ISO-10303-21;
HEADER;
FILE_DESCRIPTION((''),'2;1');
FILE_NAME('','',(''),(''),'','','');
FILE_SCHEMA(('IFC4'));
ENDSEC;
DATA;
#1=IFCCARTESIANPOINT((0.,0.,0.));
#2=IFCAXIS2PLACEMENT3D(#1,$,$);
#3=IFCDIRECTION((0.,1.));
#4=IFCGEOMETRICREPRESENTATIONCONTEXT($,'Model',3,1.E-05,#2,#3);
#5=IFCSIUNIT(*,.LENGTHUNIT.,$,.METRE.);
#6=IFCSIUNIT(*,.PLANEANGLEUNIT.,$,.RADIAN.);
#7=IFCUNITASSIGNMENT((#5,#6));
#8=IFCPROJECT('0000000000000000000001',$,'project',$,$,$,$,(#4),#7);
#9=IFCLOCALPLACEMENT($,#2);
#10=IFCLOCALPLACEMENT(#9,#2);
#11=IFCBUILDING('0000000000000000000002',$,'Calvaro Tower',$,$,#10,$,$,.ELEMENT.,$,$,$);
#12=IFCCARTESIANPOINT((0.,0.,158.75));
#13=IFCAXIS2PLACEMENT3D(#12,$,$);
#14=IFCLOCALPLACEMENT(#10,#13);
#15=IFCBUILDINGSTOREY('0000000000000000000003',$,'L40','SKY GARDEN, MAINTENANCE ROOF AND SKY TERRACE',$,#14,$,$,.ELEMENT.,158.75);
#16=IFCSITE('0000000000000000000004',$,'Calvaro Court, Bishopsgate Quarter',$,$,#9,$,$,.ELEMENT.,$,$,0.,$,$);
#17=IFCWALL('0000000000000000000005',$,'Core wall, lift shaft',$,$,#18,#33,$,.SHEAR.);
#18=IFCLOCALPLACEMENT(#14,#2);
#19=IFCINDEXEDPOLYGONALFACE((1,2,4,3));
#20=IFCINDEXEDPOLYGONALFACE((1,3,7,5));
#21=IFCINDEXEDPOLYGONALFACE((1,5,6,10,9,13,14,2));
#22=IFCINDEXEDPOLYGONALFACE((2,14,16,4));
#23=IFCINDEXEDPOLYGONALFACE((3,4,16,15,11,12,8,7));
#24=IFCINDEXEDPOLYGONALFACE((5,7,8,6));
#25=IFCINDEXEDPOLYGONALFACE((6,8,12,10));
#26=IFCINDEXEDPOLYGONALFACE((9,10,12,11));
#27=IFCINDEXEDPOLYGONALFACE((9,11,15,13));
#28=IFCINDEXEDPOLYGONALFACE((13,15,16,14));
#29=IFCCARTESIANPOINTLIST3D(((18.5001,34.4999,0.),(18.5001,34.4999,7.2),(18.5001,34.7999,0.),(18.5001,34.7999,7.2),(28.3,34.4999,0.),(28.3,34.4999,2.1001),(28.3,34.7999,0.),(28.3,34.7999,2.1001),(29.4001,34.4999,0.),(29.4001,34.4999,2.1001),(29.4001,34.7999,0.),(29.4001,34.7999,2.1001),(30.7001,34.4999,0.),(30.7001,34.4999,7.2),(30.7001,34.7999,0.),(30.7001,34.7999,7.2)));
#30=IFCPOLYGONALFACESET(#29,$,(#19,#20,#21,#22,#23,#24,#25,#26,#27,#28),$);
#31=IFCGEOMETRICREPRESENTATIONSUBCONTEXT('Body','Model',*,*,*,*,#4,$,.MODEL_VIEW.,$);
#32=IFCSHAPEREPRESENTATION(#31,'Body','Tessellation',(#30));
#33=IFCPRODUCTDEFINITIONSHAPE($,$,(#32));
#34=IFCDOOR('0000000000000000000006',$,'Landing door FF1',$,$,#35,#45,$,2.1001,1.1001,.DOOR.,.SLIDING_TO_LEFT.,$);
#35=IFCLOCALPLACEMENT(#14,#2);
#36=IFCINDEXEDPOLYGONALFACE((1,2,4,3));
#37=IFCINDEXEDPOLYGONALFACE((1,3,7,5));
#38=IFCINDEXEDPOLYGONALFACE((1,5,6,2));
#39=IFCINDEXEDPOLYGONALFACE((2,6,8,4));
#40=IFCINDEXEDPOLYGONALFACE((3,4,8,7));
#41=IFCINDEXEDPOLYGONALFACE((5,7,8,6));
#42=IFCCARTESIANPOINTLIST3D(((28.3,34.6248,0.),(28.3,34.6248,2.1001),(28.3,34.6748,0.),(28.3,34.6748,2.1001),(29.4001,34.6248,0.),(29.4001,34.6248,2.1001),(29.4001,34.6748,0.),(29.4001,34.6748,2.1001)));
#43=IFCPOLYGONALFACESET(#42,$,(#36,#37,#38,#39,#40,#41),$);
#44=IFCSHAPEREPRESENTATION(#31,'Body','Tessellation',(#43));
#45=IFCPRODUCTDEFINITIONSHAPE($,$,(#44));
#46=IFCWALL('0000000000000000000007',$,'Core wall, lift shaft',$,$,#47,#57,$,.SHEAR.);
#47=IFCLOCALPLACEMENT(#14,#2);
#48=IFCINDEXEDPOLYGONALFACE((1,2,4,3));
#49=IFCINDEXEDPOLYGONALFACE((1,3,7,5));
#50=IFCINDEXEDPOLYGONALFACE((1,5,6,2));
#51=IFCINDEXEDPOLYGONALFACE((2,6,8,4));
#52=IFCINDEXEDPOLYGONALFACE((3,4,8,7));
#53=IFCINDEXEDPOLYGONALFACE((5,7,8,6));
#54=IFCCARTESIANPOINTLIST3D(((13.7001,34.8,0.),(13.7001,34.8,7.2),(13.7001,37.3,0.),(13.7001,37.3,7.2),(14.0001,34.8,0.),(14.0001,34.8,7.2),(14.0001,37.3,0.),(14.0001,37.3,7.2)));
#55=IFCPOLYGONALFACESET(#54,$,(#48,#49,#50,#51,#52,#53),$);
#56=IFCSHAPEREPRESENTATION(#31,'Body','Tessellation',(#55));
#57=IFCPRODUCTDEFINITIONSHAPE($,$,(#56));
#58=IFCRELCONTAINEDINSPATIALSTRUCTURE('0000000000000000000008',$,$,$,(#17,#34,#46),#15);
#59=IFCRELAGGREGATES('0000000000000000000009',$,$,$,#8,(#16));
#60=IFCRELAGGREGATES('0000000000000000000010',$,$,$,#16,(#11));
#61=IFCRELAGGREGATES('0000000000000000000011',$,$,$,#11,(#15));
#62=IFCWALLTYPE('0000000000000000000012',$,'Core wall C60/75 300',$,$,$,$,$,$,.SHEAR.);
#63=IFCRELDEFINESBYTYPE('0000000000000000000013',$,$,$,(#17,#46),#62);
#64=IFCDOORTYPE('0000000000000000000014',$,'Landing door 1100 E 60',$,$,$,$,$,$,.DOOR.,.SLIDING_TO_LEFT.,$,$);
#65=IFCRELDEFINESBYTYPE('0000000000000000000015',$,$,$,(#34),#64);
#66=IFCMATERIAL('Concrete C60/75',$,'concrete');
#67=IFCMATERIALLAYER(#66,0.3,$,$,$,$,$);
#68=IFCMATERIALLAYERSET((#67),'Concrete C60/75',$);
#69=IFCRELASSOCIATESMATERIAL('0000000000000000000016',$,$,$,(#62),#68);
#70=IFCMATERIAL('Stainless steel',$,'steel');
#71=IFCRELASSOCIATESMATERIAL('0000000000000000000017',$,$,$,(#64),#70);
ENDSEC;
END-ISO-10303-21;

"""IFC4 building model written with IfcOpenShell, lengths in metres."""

from ifc_helpers import new_model, si_unit, direction, frame, frame_2d, origin, place, context, subcontext, project, spatial, rectangle, extrude, material, layer, layer_set, type_object, element, fill, save


model = new_model("IFC4")

# Units and contexts
model_context = context("Model", 3, precision=1e-05, world=origin(), true_north=direction((0.0, 1.0)))
body_context = subcontext(model_context, "Body", "Model", "MODEL_VIEW")
ifc_project = project(units=[si_unit("LENGTHUNIT", "METRE"), si_unit("PLANEANGLEUNIT", "RADIAN")], contexts=[model_context])

# Site, building, storey
site_placement = place(None, origin())
site = spatial("IfcSite", under=ifc_project, at=site_placement, Name="Calvaro Court, Bishopsgate Quarter", CompositionType="ELEMENT", RefElevation=0.0)
building_placement = place(site_placement, origin())
building = spatial("IfcBuilding", under=site, at=building_placement, Name="Calvaro Tower", CompositionType="ELEMENT")
storey_placement = place(building_placement, frame((0.0, 0.0, 158.75)))
storey = spatial("IfcBuildingStorey", under=building, at=storey_placement, Name="L40", Description="SKY GARDEN, MAINTENANCE ROOF AND SKY TERRACE", CompositionType="ELEMENT", Elevation=158.75)

# Wall, opening, door
ifc_material_1 = material(Name="Concrete C60/75", Category="concrete")
ifc_layer = layer(ifc_material_1, 0.3)
ifc_layer_set = layer_set([ifc_layer], Name="Concrete C60/75")
wall_type = type_object("IfcWallType", Name="Core wall C60/75 300", PredefinedType="SHEAR", material=ifc_layer_set)
wall_1_placement = place(storey_placement, frame((18.5, 34.6499, 0.0), z_axis=(0.0, 0.0, 1.0), x_axis=(1.0, 0.0, 0.0)))
wall_1 = element("IfcWall", 1, at=wall_1_placement, inside=storey, type_object=wall_type, Name="Core wall, lift shaft", PredefinedType="SHEAR", context=body_context, shape_type="SweptSolid", body=[
    extrude(rectangle(XDim=12.2, YDim=0.3, at=frame_2d((6.1001, 0.0))), origin(), (0.0, 0.0, 1.0), 7.2),
])
opening_placement = place(wall_1_placement, frame((9.8, 0.0, 0.0)))
opening = element("IfcOpeningElement", 2, at=opening_placement, cuts=wall_1, PredefinedType="OPENING", context=body_context, shape_type="SweptSolid", body=[
    extrude(rectangle(XDim=1.1001, YDim=2.1001, at=frame_2d((0.55, 1.05))), frame((0.0, 0.1599, 0.0), z_axis=(0.0, -1.0, 0.0), x_axis=(1.0, 0.0, 0.0)), (0.0, 0.0, 1.0), 0.3201),
])
ifc_material_2 = material(Name="Stainless steel", Category="steel")
door_type = type_object("IfcDoorType", Name="Landing door 1100 E 60", OperationType="SLIDING_TO_LEFT", PredefinedType="DOOR", material=ifc_material_2)
door_placement = place(opening_placement, origin())
door = element("IfcDoor", 3, at=door_placement, inside=storey, type_object=door_type, Name="Landing door FF1", OperationType="SLIDING_TO_LEFT", OverallHeight=2.1001, OverallWidth=1.1001, PredefinedType="DOOR", context=body_context, shape_type="SweptSolid", body=[
    extrude(rectangle(XDim=1.1001, YDim=2.1001, at=frame_2d((0.55, 1.05))), frame((0.0, 0.0249, 0.0), z_axis=(0.0, -1.0, 0.0), x_axis=(1.0, 0.0, 0.0)), (0.0, 0.0, 1.0), 0.05),
])
fill(opening, door)

# Wall
wall_2_placement = place(storey_placement, frame((13.8501, 34.8, 0.0), z_axis=(0.0, 0.0, 1.0), x_axis=(0.0, 1.0, 0.0)))
element("IfcWall", 4, at=wall_2_placement, inside=storey, type_object=wall_type, Name="Core wall, lift shaft", PredefinedType="SHEAR", context=body_context, shape_type="SweptSolid", body=[
    extrude(rectangle(XDim=2.5, YDim=0.3, at=frame_2d((1.25, 0.0))), origin(), (0.0, 0.0, 1.0), 7.2),
])

save(model, "model.ifc")
